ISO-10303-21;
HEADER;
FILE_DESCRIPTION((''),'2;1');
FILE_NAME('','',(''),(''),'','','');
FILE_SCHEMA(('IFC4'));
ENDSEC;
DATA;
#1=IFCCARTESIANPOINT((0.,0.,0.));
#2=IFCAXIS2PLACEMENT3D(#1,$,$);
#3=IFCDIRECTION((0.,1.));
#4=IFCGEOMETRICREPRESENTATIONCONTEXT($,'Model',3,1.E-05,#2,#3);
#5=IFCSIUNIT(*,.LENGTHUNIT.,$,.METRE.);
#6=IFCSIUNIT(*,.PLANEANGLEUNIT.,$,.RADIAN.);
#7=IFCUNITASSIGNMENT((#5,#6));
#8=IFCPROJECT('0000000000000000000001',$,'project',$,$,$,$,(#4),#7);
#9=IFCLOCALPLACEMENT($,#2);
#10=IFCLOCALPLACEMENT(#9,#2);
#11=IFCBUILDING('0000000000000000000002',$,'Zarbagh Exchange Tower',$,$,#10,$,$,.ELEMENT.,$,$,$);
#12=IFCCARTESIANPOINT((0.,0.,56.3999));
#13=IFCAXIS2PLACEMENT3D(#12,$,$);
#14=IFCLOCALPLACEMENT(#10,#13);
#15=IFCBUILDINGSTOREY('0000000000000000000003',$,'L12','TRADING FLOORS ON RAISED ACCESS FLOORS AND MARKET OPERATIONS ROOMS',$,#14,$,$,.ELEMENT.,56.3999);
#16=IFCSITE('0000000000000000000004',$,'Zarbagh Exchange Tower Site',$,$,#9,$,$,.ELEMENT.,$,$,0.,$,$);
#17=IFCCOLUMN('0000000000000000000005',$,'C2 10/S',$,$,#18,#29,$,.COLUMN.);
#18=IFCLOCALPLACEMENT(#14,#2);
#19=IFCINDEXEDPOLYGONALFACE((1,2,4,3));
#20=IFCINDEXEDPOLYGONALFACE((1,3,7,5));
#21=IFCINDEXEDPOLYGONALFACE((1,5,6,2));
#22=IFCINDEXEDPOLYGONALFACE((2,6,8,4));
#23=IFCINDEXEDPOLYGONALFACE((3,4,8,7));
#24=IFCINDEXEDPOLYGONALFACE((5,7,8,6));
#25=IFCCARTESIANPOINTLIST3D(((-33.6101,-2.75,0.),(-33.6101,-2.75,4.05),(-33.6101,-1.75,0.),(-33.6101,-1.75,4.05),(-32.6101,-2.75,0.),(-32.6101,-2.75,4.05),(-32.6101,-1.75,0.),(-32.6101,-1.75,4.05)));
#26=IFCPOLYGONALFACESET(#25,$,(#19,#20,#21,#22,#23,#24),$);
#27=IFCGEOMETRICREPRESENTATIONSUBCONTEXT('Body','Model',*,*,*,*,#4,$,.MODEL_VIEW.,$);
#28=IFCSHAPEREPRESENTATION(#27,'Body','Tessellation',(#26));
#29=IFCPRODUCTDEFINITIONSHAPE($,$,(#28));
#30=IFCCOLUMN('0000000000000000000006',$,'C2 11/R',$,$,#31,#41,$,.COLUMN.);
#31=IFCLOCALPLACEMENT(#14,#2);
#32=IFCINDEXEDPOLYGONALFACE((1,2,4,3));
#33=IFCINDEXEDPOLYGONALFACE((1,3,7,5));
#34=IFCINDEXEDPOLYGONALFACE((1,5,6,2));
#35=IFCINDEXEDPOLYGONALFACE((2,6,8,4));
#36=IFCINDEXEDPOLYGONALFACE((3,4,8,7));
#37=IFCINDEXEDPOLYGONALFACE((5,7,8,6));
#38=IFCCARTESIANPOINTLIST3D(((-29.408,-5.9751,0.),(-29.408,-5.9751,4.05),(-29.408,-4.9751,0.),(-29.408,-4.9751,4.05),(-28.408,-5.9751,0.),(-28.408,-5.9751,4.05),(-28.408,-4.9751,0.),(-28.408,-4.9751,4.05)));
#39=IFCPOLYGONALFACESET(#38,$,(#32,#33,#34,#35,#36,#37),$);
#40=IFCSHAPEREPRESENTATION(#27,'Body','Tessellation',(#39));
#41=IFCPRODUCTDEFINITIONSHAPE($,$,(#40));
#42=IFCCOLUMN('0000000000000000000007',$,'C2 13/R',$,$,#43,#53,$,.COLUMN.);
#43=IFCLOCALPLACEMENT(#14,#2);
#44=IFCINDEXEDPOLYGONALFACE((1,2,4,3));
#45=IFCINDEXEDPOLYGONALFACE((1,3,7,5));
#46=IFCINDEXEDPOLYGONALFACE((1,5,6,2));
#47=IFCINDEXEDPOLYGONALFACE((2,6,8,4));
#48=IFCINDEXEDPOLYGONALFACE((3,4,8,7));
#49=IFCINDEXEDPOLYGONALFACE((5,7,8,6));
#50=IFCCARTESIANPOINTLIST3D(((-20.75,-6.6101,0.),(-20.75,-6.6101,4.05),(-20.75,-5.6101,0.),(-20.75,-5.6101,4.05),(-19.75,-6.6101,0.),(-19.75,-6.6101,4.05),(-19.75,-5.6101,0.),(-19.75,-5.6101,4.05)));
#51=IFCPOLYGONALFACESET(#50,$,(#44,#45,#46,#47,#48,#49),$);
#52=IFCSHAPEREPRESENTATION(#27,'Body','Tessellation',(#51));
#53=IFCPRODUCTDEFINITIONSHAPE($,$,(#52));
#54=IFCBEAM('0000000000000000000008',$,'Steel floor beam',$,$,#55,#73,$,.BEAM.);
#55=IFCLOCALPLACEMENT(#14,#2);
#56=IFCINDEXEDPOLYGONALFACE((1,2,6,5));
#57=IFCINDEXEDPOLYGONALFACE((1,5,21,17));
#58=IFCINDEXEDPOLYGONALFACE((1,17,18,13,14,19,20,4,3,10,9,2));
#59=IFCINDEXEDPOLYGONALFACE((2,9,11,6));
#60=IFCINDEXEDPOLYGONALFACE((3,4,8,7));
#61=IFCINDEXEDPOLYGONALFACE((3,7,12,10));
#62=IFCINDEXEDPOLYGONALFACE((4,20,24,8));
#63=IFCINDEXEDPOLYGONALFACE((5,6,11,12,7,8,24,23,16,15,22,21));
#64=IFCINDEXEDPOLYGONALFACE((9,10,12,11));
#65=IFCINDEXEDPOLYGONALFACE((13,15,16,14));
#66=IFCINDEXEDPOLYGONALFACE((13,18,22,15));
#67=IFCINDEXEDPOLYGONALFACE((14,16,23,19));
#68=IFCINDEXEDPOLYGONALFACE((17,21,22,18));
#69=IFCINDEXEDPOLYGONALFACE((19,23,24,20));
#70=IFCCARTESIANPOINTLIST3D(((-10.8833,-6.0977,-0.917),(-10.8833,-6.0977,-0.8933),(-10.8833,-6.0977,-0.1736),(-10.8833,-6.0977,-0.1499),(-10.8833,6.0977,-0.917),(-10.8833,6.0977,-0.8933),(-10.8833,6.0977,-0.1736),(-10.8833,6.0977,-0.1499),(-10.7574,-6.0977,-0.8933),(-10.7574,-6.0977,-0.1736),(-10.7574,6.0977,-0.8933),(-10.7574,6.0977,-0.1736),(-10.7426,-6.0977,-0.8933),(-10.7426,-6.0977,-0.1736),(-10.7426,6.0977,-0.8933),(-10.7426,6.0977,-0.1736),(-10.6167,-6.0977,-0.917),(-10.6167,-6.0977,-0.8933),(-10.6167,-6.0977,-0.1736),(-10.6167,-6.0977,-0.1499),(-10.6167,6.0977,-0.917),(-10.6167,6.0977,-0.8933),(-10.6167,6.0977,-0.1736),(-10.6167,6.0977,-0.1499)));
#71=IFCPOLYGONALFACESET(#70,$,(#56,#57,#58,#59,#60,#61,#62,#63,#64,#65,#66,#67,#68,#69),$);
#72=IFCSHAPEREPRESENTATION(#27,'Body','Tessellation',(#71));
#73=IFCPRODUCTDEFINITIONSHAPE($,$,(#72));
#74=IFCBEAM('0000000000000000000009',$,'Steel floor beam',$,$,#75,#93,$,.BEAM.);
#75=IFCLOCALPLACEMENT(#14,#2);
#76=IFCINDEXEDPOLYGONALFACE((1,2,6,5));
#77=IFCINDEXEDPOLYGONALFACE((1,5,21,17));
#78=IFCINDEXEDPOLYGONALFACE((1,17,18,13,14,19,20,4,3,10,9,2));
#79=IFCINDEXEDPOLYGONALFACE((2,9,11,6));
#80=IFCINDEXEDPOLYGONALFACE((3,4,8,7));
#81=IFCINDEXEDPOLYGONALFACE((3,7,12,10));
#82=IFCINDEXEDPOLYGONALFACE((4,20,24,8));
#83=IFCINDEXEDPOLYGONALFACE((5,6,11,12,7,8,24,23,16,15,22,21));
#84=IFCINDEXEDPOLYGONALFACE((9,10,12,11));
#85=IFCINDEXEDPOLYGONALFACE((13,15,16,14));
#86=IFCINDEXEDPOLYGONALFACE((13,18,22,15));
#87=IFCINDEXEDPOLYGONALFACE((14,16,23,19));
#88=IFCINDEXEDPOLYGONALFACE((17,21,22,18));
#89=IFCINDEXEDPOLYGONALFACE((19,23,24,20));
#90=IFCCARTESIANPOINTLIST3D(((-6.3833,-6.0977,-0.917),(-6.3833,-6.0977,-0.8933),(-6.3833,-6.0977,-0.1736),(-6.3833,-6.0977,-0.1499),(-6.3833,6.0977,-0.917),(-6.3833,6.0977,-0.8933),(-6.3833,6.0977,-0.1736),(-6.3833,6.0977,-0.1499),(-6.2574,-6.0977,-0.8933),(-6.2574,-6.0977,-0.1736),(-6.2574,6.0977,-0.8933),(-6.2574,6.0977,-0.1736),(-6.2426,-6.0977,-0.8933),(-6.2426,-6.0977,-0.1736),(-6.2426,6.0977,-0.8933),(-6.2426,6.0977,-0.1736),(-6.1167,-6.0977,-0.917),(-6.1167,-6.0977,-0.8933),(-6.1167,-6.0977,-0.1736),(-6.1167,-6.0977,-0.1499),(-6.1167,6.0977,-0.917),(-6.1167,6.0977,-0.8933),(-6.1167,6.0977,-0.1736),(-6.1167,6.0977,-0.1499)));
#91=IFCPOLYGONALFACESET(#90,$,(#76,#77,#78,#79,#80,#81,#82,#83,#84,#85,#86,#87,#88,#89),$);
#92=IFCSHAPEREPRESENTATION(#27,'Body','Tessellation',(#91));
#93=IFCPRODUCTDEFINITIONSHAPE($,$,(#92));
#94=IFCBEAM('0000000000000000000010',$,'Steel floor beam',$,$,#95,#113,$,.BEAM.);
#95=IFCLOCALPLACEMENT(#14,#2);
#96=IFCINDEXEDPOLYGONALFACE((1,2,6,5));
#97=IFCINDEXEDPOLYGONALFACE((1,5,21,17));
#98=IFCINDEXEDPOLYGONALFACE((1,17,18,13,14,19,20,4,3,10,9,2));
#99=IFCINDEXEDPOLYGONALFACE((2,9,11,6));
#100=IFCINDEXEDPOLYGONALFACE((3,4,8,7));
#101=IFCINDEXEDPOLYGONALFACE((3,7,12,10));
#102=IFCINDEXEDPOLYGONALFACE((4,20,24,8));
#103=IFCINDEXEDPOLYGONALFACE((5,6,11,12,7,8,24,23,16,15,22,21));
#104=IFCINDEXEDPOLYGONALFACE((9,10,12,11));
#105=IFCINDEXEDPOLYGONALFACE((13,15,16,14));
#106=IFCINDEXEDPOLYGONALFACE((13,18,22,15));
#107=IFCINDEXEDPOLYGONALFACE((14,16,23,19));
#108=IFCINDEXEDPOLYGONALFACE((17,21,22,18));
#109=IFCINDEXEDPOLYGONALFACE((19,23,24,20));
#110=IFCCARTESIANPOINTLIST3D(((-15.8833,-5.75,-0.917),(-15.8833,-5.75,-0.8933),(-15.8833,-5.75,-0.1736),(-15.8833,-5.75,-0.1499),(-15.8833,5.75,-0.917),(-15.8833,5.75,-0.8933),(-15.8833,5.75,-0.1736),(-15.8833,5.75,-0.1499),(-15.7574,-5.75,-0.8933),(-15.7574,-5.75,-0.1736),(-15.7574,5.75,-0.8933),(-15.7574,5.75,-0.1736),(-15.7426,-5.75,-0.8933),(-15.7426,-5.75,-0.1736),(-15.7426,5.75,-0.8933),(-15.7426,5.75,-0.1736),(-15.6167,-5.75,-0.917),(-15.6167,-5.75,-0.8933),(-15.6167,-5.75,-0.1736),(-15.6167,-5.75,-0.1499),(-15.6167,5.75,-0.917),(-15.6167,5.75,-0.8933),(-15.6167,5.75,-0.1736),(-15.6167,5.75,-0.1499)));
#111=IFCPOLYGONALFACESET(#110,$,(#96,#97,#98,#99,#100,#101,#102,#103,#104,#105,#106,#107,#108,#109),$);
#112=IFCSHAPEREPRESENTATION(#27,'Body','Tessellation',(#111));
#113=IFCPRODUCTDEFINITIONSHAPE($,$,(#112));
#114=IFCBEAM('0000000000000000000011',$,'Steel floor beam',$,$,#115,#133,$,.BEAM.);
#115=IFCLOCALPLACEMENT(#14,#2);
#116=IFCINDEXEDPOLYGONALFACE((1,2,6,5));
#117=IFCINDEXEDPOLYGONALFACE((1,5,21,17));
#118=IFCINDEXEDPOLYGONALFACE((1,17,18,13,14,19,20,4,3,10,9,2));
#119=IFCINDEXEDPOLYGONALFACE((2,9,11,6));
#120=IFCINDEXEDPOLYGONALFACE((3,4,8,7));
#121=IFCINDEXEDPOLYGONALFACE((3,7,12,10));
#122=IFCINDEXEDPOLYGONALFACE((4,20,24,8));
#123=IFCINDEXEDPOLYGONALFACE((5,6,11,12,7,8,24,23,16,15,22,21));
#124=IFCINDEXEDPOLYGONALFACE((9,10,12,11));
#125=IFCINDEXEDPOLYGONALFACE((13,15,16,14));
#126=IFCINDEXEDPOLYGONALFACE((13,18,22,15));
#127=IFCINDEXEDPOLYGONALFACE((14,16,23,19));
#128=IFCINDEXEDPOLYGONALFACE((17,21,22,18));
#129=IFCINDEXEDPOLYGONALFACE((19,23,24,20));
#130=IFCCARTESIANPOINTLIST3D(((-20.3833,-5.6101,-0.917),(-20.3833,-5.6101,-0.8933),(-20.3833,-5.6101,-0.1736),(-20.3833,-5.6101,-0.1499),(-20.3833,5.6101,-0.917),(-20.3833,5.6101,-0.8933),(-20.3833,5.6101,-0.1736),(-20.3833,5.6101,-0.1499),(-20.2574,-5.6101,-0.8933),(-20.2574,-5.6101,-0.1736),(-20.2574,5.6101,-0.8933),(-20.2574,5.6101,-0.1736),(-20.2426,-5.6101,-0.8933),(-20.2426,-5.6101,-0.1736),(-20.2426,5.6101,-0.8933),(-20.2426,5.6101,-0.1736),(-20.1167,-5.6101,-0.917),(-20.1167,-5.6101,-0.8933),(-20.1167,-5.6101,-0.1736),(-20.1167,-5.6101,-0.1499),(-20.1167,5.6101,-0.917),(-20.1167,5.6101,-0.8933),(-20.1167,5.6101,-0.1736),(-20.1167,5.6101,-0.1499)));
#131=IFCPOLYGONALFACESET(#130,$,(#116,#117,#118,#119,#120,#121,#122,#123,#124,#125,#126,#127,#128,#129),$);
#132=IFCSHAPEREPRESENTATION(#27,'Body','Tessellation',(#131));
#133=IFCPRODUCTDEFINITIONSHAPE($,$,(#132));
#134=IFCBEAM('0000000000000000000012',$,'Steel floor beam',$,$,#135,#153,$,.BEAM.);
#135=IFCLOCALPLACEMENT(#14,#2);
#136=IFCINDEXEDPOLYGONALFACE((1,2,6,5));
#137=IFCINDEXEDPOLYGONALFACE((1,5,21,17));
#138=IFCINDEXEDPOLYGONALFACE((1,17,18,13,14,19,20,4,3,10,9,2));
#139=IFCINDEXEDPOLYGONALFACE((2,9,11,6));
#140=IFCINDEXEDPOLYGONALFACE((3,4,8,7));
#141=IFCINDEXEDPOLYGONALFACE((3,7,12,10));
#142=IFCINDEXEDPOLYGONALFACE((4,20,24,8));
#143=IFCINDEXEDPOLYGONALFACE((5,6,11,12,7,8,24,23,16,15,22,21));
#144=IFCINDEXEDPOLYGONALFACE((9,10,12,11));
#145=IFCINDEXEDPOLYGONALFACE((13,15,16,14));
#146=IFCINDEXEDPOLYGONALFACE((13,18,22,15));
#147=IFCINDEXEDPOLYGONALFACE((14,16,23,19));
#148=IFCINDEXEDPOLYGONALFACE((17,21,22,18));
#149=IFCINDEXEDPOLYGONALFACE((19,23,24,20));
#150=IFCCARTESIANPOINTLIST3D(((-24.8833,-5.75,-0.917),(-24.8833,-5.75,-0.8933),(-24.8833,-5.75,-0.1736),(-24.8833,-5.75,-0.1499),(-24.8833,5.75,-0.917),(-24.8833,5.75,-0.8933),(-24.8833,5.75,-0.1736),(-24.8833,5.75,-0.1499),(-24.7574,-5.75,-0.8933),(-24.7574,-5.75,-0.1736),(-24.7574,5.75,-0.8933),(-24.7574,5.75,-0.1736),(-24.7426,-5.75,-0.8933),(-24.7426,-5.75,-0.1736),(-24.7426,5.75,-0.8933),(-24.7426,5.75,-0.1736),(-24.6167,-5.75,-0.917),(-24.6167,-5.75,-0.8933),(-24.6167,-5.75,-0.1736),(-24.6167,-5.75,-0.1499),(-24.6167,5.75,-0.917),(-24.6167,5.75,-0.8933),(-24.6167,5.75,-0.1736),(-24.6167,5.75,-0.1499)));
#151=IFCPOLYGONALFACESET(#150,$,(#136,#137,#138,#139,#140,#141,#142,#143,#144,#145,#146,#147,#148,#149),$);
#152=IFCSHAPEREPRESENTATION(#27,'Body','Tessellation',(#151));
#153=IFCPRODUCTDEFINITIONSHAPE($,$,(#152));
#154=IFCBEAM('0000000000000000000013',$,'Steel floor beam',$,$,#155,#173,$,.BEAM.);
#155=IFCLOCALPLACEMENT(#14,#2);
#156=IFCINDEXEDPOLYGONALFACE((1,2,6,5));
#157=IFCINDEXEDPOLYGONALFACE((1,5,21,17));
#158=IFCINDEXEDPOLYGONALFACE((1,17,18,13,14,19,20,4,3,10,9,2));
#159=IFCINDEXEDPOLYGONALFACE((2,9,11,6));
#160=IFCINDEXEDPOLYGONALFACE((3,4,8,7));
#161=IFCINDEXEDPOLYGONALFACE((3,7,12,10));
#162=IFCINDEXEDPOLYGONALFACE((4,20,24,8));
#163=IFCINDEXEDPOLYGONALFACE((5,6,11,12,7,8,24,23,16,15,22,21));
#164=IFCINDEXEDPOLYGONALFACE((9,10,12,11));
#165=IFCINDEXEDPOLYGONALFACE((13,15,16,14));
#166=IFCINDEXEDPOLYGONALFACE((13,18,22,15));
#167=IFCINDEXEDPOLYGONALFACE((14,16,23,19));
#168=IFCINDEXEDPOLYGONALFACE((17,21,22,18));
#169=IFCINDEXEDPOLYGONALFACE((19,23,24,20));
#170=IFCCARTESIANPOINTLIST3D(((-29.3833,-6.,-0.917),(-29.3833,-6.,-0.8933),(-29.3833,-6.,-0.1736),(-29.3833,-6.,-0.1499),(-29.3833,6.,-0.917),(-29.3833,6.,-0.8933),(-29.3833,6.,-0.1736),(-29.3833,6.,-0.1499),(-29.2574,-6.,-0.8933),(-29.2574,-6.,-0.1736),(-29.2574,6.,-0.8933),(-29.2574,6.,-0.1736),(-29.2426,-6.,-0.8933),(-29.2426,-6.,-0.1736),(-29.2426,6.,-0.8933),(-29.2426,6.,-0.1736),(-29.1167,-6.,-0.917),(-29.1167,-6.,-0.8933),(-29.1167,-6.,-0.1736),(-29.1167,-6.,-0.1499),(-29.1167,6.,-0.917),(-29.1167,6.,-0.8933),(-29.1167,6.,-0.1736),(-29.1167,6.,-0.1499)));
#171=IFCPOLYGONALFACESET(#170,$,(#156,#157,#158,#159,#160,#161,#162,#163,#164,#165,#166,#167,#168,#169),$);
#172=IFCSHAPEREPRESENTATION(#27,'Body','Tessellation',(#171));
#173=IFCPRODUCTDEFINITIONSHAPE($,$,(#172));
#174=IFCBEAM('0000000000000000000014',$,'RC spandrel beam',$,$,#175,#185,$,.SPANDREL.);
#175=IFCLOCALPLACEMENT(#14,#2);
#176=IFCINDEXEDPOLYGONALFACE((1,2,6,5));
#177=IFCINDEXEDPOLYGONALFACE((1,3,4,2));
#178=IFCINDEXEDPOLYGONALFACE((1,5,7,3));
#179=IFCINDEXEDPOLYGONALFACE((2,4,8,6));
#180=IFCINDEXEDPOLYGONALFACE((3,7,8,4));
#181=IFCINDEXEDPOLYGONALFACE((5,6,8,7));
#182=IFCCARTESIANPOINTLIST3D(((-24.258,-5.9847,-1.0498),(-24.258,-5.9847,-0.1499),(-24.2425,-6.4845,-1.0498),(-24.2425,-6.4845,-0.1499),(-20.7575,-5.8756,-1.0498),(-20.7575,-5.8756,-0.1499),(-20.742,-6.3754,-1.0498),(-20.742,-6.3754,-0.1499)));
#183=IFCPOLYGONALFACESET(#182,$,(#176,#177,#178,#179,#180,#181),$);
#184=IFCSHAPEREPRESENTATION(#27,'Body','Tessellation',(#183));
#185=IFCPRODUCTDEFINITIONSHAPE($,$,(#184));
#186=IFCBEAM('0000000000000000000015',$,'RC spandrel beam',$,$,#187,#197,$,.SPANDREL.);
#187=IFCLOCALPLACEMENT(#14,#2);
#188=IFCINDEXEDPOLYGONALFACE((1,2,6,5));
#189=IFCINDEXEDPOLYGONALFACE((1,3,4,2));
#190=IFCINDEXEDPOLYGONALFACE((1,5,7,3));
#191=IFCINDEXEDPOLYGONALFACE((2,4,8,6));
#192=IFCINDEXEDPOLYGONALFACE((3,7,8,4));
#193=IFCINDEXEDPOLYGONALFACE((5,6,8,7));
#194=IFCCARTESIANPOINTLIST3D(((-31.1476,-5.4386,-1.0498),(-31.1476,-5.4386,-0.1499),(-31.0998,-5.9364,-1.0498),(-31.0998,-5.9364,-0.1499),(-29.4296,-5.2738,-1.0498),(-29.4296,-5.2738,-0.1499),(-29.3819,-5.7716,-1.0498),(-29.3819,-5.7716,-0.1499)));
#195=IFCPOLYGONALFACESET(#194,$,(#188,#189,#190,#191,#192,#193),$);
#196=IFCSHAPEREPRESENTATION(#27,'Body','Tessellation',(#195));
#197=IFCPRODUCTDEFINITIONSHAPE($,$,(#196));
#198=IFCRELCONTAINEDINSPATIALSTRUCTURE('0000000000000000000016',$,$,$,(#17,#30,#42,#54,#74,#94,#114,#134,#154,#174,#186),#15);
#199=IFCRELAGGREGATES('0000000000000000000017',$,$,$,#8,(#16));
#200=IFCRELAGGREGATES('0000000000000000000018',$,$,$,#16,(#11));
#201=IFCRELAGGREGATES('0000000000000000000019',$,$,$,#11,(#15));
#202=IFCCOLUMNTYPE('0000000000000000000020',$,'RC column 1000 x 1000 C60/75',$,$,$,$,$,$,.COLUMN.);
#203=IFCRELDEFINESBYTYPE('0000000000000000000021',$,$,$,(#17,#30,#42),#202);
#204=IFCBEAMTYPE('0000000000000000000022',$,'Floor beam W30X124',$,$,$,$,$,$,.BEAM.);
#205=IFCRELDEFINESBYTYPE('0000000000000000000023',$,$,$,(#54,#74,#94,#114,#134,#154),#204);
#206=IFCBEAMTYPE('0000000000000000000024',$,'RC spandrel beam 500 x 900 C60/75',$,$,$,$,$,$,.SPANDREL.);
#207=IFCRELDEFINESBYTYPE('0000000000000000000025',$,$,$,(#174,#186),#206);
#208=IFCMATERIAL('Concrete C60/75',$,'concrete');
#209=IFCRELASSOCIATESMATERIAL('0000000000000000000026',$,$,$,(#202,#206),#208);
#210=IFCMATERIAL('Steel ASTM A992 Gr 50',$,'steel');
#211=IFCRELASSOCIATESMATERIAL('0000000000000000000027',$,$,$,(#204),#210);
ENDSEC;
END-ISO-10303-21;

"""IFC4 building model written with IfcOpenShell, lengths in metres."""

from ifc_helpers import new_model, si_unit, direction, frame, origin, origin_2d, place, context, subcontext, project, spatial, rectangle, i_section, extrude, material, material_profile, profile_set, type_object, element, save


model = new_model("IFC4")

# Units and contexts
model_context = context("Model", 3, precision=1e-05, world=origin(), true_north=direction((0.0, 1.0)))
body_context = subcontext(model_context, "Body", "Model", "MODEL_VIEW")
ifc_project = project(units=[si_unit("LENGTHUNIT", "METRE"), si_unit("PLANEANGLEUNIT", "RADIAN")], contexts=[model_context])

# Site, building, storey
site_placement = place(None, origin())
site = spatial("IfcSite", under=ifc_project, at=site_placement, Name="Zarbagh Exchange Tower Site", CompositionType="ELEMENT", RefElevation=0.0)
building_placement = place(site_placement, origin())
building = spatial("IfcBuilding", under=site, at=building_placement, Name="Zarbagh Exchange Tower", CompositionType="ELEMENT")
storey_placement = place(building_placement, frame((0.0, 0.0, 56.3999)))
storey = spatial("IfcBuildingStorey", under=building, at=storey_placement, Name="L12", Description="TRADING FLOORS ON RAISED ACCESS FLOORS AND MARKET OPERATIONS ROOMS", CompositionType="ELEMENT", Elevation=56.3999)

# Columns
ifc_material_1 = material(Name="Concrete C60/75", Category="concrete")
ifc_material_profile_1 = material_profile(ifc_material_1, rectangle(XDim=1.0, YDim=1.0, at=origin_2d()), Name="RC column 1000 x 1000 C60/75")
ifc_profile_set_1 = profile_set([ifc_material_profile_1], Name="Concrete C60/75")
column_type = type_object("IfcColumnType", Name="RC column 1000 x 1000 C60/75", PredefinedType="COLUMN", material=ifc_profile_set_1)
for number, where, z_axis, x_axis, name in (
    (1, (-33.1101, -2.25, 0.0), (0.0, 0.0, 1.0), (1.0, 0.0, 0.0), "C2 10/S"),
    (2, (-28.908, -5.4751, 0.0), (0.0, 0.0, 1.0), (1.0, 0.0, 0.0), "C2 11/R"),
    (3, (-20.25, -6.1101, 0.0), (0.0, 0.0, 1.0), (1.0, 0.0, 0.0), "C2 13/R"),
):
    element("IfcColumn", number, at=place(storey_placement, frame(where, z_axis=z_axis, x_axis=x_axis)), inside=storey, type_object=column_type, Name=name, PredefinedType="COLUMN", context=body_context, shape_type="SweptSolid", body=[
        extrude(rectangle(XDim=1.0, YDim=1.0, at=origin_2d()), origin(), (0.0, 0.0, 1.0), 4.05),
    ])

# Beams
ifc_material_2 = material(Name="Steel ASTM A992 Gr 50", Category="steel")
ifc_material_profile_2 = material_profile(ifc_material_2, i_section(OverallWidth=0.2666, OverallDepth=0.7671, WebThickness=0.0149, FlangeThickness=0.0237, at=origin_2d()), Name="W30X124")
ifc_profile_set_2 = profile_set([ifc_material_profile_2], Name="Steel ASTM A992 Gr 50")
beam_type_1 = type_object("IfcBeamType", Name="Floor beam W30X124", PredefinedType="BEAM", material=ifc_profile_set_2)
for number, where, z_axis, x_axis, name in (
    (4, (-10.75, -6.0977, -0.5334), (0.0, 1.0, 0.0), (-1.0, 0.0, 0.0), "Steel floor beam"),
    (5, (-6.25, -6.0977, -0.5334), (0.0, 1.0, 0.0), (-1.0, 0.0, 0.0), "Steel floor beam"),
):
    element("IfcBeam", number, at=place(storey_placement, frame(where, z_axis=z_axis, x_axis=x_axis)), inside=storey, type_object=beam_type_1, Name=name, PredefinedType="BEAM", context=body_context, shape_type="SweptSolid", body=[
        extrude(i_section(OverallWidth=0.2666, OverallDepth=0.7671, WebThickness=0.0149, FlangeThickness=0.0237, at=origin_2d()), origin(), (0.0, 0.0, 1.0), 12.1953),
    ])
beam_1_placement = place(storey_placement, frame((-15.75, -5.75, -0.5334), z_axis=(0.0, 1.0, 0.0), x_axis=(-1.0, 0.0, 0.0)))
element("IfcBeam", 6, at=beam_1_placement, inside=storey, type_object=beam_type_1, Name="Steel floor beam", PredefinedType="BEAM", context=body_context, shape_type="SweptSolid", body=[
    extrude(i_section(OverallWidth=0.2666, OverallDepth=0.7671, WebThickness=0.0149, FlangeThickness=0.0237, at=origin_2d()), origin(), (0.0, 0.0, 1.0), 11.5),
])
beam_2_placement = place(storey_placement, frame((-20.25, -5.6101, -0.5334), z_axis=(0.0, 1.0, 0.0), x_axis=(-1.0, 0.0, 0.0)))
element("IfcBeam", 7, at=beam_2_placement, inside=storey, type_object=beam_type_1, Name="Steel floor beam", PredefinedType="BEAM", context=body_context, shape_type="SweptSolid", body=[
    extrude(i_section(OverallWidth=0.2666, OverallDepth=0.7671, WebThickness=0.0149, FlangeThickness=0.0237, at=origin_2d()), origin(), (0.0, 0.0, 1.0), 11.2202),
])
beam_3_placement = place(storey_placement, frame((-24.75, -5.75, -0.5334), z_axis=(0.0, 1.0, 0.0), x_axis=(-1.0, 0.0, 0.0)))
element("IfcBeam", 8, at=beam_3_placement, inside=storey, type_object=beam_type_1, Name="Steel floor beam", PredefinedType="BEAM", context=body_context, shape_type="SweptSolid", body=[
    extrude(i_section(OverallWidth=0.2666, OverallDepth=0.7671, WebThickness=0.0149, FlangeThickness=0.0237, at=origin_2d()), origin(), (0.0, 0.0, 1.0), 11.5),
])
beam_4_placement = place(storey_placement, frame((-29.25, -6.0, -0.5334), z_axis=(0.0, 1.0, 0.0), x_axis=(-1.0, 0.0, 0.0)))
element("IfcBeam", 9, at=beam_4_placement, inside=storey, type_object=beam_type_1, Name="Steel floor beam", PredefinedType="BEAM", context=body_context, shape_type="SweptSolid", body=[
    extrude(i_section(OverallWidth=0.2666, OverallDepth=0.7671, WebThickness=0.0149, FlangeThickness=0.0237, at=origin_2d()), origin(), (0.0, 0.0, 1.0), 12.0),
])
ifc_material_profile_3 = material_profile(ifc_material_1, rectangle(XDim=0.5, YDim=0.8999, at=origin_2d()), Name="RC spandrel beam 500 x 900 C60/75")
ifc_profile_set_3 = profile_set([ifc_material_profile_3], Name="Concrete C60/75")
beam_type_2 = type_object("IfcBeamType", Name="RC spandrel beam 500 x 900 C60/75", PredefinedType="SPANDREL", material=ifc_profile_set_3)
beam_5_placement = place(storey_placement, frame((-20.7498, -6.1255, -0.5999), z_axis=(-0.999514, -0.031161, 0.0), x_axis=(0.031161, -0.999514, 0.0)))
element("IfcBeam", 10, at=beam_5_placement, inside=storey, type_object=beam_type_2, Name="RC spandrel beam", PredefinedType="SPANDREL", context=body_context, shape_type="SweptSolid", body=[
    extrude(rectangle(XDim=0.5, YDim=0.8999, at=origin_2d()), origin(), (0.0, 0.0, 1.0), 3.5022),
])
beam_6_placement = place(storey_placement, frame((-29.4058, -5.5227, -0.5999), z_axis=(-0.995431, -0.095483, 0.0), x_axis=(0.095483, -0.995431, 0.0)))
element("IfcBeam", 11, at=beam_6_placement, inside=storey, type_object=beam_type_2, Name="RC spandrel beam", PredefinedType="SPANDREL", context=body_context, shape_type="SweptSolid", body=[
    extrude(rectangle(XDim=0.5, YDim=0.8999, at=origin_2d()), origin(), (0.0, 0.0, 1.0), 1.7258),
])

save(model, "model.ifc")
